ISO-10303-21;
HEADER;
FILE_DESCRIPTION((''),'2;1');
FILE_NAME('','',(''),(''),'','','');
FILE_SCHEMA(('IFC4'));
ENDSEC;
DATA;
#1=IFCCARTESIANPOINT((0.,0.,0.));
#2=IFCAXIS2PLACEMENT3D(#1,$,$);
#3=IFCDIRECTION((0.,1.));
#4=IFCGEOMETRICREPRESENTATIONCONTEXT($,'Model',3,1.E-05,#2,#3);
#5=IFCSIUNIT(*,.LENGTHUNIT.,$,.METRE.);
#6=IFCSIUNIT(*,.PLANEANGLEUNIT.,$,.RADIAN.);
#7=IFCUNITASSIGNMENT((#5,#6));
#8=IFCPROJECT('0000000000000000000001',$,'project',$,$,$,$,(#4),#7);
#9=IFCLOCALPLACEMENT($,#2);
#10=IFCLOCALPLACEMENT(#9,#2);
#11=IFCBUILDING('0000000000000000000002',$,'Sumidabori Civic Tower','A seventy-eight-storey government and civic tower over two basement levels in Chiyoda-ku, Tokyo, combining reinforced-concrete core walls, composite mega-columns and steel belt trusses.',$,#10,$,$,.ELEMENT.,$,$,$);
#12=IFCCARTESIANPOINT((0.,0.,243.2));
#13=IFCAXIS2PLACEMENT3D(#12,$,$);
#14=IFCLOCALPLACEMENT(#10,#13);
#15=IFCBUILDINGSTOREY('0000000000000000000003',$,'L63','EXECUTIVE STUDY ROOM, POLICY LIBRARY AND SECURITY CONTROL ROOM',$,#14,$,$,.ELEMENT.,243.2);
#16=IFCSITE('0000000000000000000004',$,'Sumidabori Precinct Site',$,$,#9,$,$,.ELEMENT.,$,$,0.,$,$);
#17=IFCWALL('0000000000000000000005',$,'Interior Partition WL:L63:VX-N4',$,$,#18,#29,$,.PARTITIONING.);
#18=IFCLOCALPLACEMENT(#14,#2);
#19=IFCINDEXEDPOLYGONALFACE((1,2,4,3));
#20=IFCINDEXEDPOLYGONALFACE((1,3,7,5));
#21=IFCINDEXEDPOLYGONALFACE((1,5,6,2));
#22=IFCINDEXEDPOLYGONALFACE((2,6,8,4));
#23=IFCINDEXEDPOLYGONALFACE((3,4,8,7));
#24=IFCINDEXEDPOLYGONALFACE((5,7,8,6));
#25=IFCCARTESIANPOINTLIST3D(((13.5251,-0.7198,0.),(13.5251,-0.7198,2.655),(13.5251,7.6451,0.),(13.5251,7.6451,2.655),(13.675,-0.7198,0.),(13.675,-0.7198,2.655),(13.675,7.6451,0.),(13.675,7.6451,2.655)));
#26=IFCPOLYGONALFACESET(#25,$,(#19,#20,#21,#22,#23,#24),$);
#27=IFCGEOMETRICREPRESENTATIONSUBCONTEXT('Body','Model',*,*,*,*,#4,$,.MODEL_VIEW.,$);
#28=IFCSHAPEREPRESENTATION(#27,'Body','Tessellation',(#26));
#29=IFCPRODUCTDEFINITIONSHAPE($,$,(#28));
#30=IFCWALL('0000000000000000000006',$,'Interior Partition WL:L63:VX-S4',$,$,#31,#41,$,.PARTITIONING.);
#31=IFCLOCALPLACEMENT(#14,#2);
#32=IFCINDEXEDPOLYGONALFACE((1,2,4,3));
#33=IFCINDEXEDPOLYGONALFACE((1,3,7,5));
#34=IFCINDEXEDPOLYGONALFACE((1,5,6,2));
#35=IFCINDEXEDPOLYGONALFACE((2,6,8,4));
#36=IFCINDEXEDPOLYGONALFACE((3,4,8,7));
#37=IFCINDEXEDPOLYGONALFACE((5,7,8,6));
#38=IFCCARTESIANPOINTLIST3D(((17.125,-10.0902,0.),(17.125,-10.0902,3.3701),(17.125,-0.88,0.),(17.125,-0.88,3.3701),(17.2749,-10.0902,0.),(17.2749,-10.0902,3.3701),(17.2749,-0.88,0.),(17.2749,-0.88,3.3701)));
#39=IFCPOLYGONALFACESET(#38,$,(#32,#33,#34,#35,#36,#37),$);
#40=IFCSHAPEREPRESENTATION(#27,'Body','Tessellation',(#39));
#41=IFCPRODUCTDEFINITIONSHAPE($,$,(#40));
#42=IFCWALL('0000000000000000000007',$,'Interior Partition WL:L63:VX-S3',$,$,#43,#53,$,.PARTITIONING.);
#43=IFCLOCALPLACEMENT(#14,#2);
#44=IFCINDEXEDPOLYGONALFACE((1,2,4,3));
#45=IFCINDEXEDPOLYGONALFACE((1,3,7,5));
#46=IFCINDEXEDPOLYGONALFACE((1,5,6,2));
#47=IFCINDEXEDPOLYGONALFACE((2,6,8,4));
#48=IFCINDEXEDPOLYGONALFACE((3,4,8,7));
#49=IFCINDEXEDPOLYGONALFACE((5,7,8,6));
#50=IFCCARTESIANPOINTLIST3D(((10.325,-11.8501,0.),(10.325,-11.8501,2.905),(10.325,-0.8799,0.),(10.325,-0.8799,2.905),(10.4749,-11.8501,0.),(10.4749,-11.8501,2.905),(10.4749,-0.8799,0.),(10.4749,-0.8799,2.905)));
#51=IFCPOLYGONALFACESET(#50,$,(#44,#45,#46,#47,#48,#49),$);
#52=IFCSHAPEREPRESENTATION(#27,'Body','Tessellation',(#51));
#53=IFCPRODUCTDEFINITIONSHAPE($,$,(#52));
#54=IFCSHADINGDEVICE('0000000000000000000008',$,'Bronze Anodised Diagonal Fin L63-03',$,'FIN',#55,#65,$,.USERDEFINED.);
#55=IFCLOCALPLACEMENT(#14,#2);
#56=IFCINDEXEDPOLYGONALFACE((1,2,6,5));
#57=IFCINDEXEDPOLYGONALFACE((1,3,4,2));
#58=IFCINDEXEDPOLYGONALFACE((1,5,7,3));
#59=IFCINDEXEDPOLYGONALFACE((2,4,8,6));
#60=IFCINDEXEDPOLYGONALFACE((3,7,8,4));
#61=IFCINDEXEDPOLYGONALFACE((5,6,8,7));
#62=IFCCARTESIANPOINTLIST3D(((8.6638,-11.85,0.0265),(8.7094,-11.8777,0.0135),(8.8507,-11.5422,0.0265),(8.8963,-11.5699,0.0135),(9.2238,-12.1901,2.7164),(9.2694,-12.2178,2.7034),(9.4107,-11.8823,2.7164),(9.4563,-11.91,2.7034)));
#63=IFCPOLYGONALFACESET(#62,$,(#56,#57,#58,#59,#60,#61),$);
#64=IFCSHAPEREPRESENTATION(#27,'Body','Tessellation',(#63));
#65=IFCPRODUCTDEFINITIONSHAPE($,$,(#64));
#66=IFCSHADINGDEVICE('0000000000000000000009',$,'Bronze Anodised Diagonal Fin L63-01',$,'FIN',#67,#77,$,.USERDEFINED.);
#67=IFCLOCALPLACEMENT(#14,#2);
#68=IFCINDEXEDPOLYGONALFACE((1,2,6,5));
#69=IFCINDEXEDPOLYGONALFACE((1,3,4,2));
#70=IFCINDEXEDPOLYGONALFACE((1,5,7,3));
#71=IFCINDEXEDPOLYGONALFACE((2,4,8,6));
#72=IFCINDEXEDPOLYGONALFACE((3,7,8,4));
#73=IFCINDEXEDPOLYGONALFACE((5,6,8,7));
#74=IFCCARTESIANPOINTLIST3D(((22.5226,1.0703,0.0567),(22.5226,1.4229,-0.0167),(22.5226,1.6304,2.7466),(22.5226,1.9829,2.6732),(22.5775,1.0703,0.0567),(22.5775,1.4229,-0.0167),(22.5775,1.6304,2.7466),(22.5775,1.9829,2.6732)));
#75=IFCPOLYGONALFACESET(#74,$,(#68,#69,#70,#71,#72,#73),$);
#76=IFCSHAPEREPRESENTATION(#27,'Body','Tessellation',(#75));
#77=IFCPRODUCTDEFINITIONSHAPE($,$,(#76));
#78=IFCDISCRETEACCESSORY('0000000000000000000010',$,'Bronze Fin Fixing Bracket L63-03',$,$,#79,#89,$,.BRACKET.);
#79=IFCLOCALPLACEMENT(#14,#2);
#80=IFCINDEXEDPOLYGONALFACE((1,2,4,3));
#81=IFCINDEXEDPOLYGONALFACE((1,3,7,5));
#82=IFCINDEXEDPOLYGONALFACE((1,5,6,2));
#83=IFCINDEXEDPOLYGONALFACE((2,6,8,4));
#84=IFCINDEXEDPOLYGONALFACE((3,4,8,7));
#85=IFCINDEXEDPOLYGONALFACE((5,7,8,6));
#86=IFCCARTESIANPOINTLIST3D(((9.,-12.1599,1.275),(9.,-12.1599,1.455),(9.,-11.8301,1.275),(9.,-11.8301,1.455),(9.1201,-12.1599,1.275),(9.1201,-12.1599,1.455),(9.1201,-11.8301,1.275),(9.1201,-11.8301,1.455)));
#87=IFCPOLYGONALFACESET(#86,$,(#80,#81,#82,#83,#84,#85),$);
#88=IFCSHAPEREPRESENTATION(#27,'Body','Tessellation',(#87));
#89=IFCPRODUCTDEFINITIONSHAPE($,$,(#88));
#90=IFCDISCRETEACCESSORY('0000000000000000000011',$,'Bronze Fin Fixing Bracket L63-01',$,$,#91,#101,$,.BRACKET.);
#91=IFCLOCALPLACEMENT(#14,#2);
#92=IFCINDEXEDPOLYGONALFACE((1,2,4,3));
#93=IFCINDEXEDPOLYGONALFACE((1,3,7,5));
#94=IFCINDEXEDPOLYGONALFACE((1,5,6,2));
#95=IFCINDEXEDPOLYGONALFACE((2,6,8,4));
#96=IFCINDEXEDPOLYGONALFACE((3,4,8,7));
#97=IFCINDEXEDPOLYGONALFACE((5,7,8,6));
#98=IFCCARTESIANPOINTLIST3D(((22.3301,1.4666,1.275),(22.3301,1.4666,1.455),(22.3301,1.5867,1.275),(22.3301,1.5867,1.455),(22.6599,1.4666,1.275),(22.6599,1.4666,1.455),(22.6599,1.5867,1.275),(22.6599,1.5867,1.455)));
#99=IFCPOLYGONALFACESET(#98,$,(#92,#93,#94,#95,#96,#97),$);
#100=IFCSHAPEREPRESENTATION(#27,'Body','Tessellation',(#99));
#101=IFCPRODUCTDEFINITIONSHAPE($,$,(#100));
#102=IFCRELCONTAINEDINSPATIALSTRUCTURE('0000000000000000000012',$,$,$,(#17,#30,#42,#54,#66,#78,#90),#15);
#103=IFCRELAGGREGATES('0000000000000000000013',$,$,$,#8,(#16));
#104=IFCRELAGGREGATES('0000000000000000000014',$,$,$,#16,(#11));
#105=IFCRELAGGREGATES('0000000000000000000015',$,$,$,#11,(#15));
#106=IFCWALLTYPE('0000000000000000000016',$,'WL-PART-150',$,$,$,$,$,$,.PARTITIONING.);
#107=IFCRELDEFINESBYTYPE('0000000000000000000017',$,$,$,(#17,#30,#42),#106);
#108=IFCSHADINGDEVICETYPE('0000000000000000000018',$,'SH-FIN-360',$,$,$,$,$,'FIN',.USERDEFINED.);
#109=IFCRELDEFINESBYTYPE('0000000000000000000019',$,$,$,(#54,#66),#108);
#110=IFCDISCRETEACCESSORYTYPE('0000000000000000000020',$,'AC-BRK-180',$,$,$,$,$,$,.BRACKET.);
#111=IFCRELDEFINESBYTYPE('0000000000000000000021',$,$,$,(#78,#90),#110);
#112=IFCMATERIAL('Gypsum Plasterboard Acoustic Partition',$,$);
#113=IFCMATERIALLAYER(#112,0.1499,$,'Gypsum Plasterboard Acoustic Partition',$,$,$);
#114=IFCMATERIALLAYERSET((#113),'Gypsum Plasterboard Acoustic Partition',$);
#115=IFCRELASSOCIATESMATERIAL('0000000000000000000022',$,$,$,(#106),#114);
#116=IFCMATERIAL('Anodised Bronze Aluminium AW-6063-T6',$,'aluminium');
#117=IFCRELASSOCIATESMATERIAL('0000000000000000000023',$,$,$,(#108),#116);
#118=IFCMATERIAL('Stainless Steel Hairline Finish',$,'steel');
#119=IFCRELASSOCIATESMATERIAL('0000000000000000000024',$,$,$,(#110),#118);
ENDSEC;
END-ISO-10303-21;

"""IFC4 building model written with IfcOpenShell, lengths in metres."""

from ifc_helpers import new_model, si_unit, direction, frame, frame_2d, origin, origin_2d, place, context, subcontext, project, spatial, rectangle, extrude, source, transform, mapped, material, layer, layer_set, material_profile, profile_set, type_object, element, save


model = new_model("IFC4")

# Units and contexts
model_context = context("Model", 3, precision=1e-05, world=origin(), true_north=direction((0.0, 1.0)))
body_context = subcontext(model_context, "Body", "Model", "MODEL_VIEW")
ifc_project = project(units=[si_unit("LENGTHUNIT", "METRE"), si_unit("PLANEANGLEUNIT", "RADIAN")], contexts=[model_context])

# Site, building, storey
site_placement = place(None, origin())
site = spatial("IfcSite", under=ifc_project, at=site_placement, Name="Sumidabori Precinct Site", CompositionType="ELEMENT", RefElevation=0.0)
building_placement = place(site_placement, origin())
building = spatial("IfcBuilding", under=site, at=building_placement, Name="Sumidabori Civic Tower", Description="A seventy-eight-storey government and civic tower over two basement levels in Chiyoda-ku, Tokyo, combining reinforced-concrete core walls, composite mega-columns and steel belt trusses.", CompositionType="ELEMENT")
storey_placement = place(building_placement, frame((0.0, 0.0, 243.2)))
storey = spatial("IfcBuildingStorey", under=building, at=storey_placement, Name="L63", Description="EXECUTIVE STUDY ROOM, POLICY LIBRARY AND SECURITY CONTROL ROOM", CompositionType="ELEMENT", Elevation=243.2)

# Shared definitions
ifc_material_1 = material(Name="Anodised Bronze Aluminium AW-6063-T6", Category="aluminium")

# Walls
ifc_material_2 = material(Name="Gypsum Plasterboard Acoustic Partition")
ifc_layer_1 = layer(ifc_material_2, 0.1499, Name="Gypsum Plasterboard Acoustic Partition")
ifc_layer_set_1 = layer_set([ifc_layer_1], Name="Gypsum Plasterboard Acoustic Partition")
wall_type_1 = type_object("IfcWallType", Name="WL-PART-150", PredefinedType="PARTITIONING", material=ifc_layer_set_1)
shared_shape_1 = source(origin(), body_context, "Body", "SweptSolid", [
    extrude(rectangle(XDim=8.365, YDim=0.1499, at=frame_2d((4.1826, 0.0))), origin(), (0.0, 0.0, 1.0), 2.655),
])
wall_1_placement = place(storey_placement, frame((13.6001, -0.72, 0.0), z_axis=(0.0, 0.0, 1.0), x_axis=(0.0, 1.0, 0.0)))
element("IfcWall", 1, at=wall_1_placement, inside=storey, type_object=wall_type_1, Name="Interior Partition WL:L63:VX-N4", PredefinedType="PARTITIONING", context=body_context, shape_type="MappedRepresentation", body=[
    mapped(shared_shape_1, transform((0.0, 0.0, 0.0), x_axis=(1.0, 0.0, 0.0), y_axis=(0.0, 1.0, 0.0), z_axis=(0.0, 0.0, 1.0), scale=1.0)),
])
shared_shape_2 = source(origin(), body_context, "Body", "SweptSolid", [
    extrude(rectangle(XDim=9.2102, YDim=0.1499, at=frame_2d((4.605, 0.0))), origin(), (0.0, 0.0, 1.0), 3.3701),
])
wall_2_placement = place(storey_placement, frame((17.2, -10.0901, 0.0), z_axis=(0.0, 0.0, 1.0), x_axis=(0.0, 1.0, 0.0)))
element("IfcWall", 2, at=wall_2_placement, inside=storey, type_object=wall_type_1, Name="Interior Partition WL:L63:VX-S4", PredefinedType="PARTITIONING", context=body_context, shape_type="MappedRepresentation", body=[
    mapped(shared_shape_2, transform((0.0, 0.0, 0.0), x_axis=(1.0, 0.0, 0.0), y_axis=(0.0, 1.0, 0.0), z_axis=(0.0, 0.0, 1.0), scale=1.0)),
])
shared_shape_3 = source(origin(), body_context, "Body", "SweptSolid", [
    extrude(rectangle(XDim=10.9702, YDim=0.1499, at=frame_2d((5.4851, 0.0))), origin(), (0.0, 0.0, 1.0), 2.905),
])
wall_3_placement = place(storey_placement, frame((10.3999, -11.8501, 0.0), z_axis=(0.0, 0.0, 1.0), x_axis=(0.0, 1.0, 0.0)))
element("IfcWall", 3, at=wall_3_placement, inside=storey, type_object=wall_type_1, Name="Interior Partition WL:L63:VX-S3", PredefinedType="PARTITIONING", context=body_context, shape_type="MappedRepresentation", body=[
    mapped(shared_shape_3, transform((0.0, 0.0, 0.0), x_axis=(1.0, 0.0, 0.0), y_axis=(0.0, 1.0, 0.0), z_axis=(0.0, 0.0, 1.0), scale=1.0)),
])

# Shading devices
ifc_material_profile_1 = material_profile(ifc_material_1, rectangle(XDim=0.0549, YDim=0.3601, at=origin_2d()), Name="BRONZE FIN 360x55")
ifc_profile_set_1 = profile_set([ifc_material_profile_1], Name="Anodised Bronze Aluminium AW-6063-T6")
shading_device_type = type_object("IfcShadingDeviceType", Name="SH-FIN-360", ElementType="FIN", PredefinedType="USERDEFINED", material=ifc_profile_set_1)
shared_shape_4 = source(origin(), body_context, "Body", "SweptSolid", [
    extrude(rectangle(XDim=0.0549, YDim=0.3601, at=origin_2d()), origin(), (0.0, 0.0, 1.0), 2.7686),
])
shading_device_1_placement = place(storey_placement, frame((8.78, -11.71, 0.02), z_axis=(0.20229, -0.122838, 0.971591), x_axis=(0.83047, -0.504291, -0.236665)))
element("IfcShadingDevice", 4, at=shading_device_1_placement, inside=storey, type_object=shading_device_type, Name="Bronze Anodised Diagonal Fin L63-03", ObjectType="FIN", PredefinedType="USERDEFINED", context=body_context, shape_type="MappedRepresentation", body=[
    mapped(shared_shape_4, transform((0.0, 0.0, 0.0), x_axis=(1.0, 0.0, 0.0), y_axis=(0.0, 1.0, 0.0), z_axis=(0.0, 0.0, 1.0), scale=1.0)),
])
shared_shape_5 = source(origin(), body_context, "Body", "SweptSolid", [
    extrude(rectangle(XDim=0.0549, YDim=0.3601, at=origin_2d()), origin(), (0.0, 0.0, 1.0), 2.7476),
])
shading_device_2_placement = place(storey_placement, frame((22.55, 1.2466, 0.02), z_axis=(0.0, 0.203834, 0.979006), x_axis=(-1.0, 0.0, 0.0)))
element("IfcShadingDevice", 5, at=shading_device_2_placement, inside=storey, type_object=shading_device_type, Name="Bronze Anodised Diagonal Fin L63-01", ObjectType="FIN", PredefinedType="USERDEFINED", context=body_context, shape_type="MappedRepresentation", body=[
    mapped(shared_shape_5, transform((0.0, 0.0, 0.0), x_axis=(1.0, 0.0, 0.0), y_axis=(0.0, 1.0, 0.0), z_axis=(0.0, 0.0, 1.0), scale=1.0)),
])

# Discrete accessories
ifc_material_3 = material(Name="Stainless Steel Hairline Finish", Category="steel")
ifc_material_profile_2 = material_profile(ifc_material_3, rectangle(XDim=0.1201, YDim=0.1799, at=origin_2d()), Name="STEEL BRACKET 180x120")
ifc_profile_set_2 = profile_set([ifc_material_profile_2], Name="Stainless Steel Hairline Finish")
discrete_accessory_type = type_object("IfcDiscreteAccessoryType", Name="AC-BRK-180", PredefinedType="BRACKET", material=ifc_profile_set_2)
shared_shape_6 = source(origin(), body_context, "Body", "SweptSolid", [
    extrude(rectangle(XDim=0.1201, YDim=0.1799, at=origin_2d()), origin(), (0.0, 0.0, 1.0), 0.3298),
])
for number, where, z_axis, x_axis, name in (
    (6, (9.0601, -11.8301, 1.365), (0.0, -1.0, 0.0), (1.0, 0.0, 0.0), "Bronze Fin Fixing Bracket L63-03"),
    (7, (22.3301, 1.5266, 1.365), (1.0, 0.0, 0.0), (0.0, 1.0, 0.0), "Bronze Fin Fixing Bracket L63-01"),
):
    element("IfcDiscreteAccessory", number, at=place(storey_placement, frame(where, z_axis=z_axis, x_axis=x_axis)), inside=storey, type_object=discrete_accessory_type, Name=name, PredefinedType="BRACKET", context=body_context, shape_type="MappedRepresentation", body=[
        mapped(shared_shape_6, transform((0.0, 0.0, 0.0), x_axis=(1.0, 0.0, 0.0), y_axis=(0.0, 1.0, 0.0), z_axis=(0.0, 0.0, 1.0), scale=1.0)),
    ])

save(model, "model.ifc")
